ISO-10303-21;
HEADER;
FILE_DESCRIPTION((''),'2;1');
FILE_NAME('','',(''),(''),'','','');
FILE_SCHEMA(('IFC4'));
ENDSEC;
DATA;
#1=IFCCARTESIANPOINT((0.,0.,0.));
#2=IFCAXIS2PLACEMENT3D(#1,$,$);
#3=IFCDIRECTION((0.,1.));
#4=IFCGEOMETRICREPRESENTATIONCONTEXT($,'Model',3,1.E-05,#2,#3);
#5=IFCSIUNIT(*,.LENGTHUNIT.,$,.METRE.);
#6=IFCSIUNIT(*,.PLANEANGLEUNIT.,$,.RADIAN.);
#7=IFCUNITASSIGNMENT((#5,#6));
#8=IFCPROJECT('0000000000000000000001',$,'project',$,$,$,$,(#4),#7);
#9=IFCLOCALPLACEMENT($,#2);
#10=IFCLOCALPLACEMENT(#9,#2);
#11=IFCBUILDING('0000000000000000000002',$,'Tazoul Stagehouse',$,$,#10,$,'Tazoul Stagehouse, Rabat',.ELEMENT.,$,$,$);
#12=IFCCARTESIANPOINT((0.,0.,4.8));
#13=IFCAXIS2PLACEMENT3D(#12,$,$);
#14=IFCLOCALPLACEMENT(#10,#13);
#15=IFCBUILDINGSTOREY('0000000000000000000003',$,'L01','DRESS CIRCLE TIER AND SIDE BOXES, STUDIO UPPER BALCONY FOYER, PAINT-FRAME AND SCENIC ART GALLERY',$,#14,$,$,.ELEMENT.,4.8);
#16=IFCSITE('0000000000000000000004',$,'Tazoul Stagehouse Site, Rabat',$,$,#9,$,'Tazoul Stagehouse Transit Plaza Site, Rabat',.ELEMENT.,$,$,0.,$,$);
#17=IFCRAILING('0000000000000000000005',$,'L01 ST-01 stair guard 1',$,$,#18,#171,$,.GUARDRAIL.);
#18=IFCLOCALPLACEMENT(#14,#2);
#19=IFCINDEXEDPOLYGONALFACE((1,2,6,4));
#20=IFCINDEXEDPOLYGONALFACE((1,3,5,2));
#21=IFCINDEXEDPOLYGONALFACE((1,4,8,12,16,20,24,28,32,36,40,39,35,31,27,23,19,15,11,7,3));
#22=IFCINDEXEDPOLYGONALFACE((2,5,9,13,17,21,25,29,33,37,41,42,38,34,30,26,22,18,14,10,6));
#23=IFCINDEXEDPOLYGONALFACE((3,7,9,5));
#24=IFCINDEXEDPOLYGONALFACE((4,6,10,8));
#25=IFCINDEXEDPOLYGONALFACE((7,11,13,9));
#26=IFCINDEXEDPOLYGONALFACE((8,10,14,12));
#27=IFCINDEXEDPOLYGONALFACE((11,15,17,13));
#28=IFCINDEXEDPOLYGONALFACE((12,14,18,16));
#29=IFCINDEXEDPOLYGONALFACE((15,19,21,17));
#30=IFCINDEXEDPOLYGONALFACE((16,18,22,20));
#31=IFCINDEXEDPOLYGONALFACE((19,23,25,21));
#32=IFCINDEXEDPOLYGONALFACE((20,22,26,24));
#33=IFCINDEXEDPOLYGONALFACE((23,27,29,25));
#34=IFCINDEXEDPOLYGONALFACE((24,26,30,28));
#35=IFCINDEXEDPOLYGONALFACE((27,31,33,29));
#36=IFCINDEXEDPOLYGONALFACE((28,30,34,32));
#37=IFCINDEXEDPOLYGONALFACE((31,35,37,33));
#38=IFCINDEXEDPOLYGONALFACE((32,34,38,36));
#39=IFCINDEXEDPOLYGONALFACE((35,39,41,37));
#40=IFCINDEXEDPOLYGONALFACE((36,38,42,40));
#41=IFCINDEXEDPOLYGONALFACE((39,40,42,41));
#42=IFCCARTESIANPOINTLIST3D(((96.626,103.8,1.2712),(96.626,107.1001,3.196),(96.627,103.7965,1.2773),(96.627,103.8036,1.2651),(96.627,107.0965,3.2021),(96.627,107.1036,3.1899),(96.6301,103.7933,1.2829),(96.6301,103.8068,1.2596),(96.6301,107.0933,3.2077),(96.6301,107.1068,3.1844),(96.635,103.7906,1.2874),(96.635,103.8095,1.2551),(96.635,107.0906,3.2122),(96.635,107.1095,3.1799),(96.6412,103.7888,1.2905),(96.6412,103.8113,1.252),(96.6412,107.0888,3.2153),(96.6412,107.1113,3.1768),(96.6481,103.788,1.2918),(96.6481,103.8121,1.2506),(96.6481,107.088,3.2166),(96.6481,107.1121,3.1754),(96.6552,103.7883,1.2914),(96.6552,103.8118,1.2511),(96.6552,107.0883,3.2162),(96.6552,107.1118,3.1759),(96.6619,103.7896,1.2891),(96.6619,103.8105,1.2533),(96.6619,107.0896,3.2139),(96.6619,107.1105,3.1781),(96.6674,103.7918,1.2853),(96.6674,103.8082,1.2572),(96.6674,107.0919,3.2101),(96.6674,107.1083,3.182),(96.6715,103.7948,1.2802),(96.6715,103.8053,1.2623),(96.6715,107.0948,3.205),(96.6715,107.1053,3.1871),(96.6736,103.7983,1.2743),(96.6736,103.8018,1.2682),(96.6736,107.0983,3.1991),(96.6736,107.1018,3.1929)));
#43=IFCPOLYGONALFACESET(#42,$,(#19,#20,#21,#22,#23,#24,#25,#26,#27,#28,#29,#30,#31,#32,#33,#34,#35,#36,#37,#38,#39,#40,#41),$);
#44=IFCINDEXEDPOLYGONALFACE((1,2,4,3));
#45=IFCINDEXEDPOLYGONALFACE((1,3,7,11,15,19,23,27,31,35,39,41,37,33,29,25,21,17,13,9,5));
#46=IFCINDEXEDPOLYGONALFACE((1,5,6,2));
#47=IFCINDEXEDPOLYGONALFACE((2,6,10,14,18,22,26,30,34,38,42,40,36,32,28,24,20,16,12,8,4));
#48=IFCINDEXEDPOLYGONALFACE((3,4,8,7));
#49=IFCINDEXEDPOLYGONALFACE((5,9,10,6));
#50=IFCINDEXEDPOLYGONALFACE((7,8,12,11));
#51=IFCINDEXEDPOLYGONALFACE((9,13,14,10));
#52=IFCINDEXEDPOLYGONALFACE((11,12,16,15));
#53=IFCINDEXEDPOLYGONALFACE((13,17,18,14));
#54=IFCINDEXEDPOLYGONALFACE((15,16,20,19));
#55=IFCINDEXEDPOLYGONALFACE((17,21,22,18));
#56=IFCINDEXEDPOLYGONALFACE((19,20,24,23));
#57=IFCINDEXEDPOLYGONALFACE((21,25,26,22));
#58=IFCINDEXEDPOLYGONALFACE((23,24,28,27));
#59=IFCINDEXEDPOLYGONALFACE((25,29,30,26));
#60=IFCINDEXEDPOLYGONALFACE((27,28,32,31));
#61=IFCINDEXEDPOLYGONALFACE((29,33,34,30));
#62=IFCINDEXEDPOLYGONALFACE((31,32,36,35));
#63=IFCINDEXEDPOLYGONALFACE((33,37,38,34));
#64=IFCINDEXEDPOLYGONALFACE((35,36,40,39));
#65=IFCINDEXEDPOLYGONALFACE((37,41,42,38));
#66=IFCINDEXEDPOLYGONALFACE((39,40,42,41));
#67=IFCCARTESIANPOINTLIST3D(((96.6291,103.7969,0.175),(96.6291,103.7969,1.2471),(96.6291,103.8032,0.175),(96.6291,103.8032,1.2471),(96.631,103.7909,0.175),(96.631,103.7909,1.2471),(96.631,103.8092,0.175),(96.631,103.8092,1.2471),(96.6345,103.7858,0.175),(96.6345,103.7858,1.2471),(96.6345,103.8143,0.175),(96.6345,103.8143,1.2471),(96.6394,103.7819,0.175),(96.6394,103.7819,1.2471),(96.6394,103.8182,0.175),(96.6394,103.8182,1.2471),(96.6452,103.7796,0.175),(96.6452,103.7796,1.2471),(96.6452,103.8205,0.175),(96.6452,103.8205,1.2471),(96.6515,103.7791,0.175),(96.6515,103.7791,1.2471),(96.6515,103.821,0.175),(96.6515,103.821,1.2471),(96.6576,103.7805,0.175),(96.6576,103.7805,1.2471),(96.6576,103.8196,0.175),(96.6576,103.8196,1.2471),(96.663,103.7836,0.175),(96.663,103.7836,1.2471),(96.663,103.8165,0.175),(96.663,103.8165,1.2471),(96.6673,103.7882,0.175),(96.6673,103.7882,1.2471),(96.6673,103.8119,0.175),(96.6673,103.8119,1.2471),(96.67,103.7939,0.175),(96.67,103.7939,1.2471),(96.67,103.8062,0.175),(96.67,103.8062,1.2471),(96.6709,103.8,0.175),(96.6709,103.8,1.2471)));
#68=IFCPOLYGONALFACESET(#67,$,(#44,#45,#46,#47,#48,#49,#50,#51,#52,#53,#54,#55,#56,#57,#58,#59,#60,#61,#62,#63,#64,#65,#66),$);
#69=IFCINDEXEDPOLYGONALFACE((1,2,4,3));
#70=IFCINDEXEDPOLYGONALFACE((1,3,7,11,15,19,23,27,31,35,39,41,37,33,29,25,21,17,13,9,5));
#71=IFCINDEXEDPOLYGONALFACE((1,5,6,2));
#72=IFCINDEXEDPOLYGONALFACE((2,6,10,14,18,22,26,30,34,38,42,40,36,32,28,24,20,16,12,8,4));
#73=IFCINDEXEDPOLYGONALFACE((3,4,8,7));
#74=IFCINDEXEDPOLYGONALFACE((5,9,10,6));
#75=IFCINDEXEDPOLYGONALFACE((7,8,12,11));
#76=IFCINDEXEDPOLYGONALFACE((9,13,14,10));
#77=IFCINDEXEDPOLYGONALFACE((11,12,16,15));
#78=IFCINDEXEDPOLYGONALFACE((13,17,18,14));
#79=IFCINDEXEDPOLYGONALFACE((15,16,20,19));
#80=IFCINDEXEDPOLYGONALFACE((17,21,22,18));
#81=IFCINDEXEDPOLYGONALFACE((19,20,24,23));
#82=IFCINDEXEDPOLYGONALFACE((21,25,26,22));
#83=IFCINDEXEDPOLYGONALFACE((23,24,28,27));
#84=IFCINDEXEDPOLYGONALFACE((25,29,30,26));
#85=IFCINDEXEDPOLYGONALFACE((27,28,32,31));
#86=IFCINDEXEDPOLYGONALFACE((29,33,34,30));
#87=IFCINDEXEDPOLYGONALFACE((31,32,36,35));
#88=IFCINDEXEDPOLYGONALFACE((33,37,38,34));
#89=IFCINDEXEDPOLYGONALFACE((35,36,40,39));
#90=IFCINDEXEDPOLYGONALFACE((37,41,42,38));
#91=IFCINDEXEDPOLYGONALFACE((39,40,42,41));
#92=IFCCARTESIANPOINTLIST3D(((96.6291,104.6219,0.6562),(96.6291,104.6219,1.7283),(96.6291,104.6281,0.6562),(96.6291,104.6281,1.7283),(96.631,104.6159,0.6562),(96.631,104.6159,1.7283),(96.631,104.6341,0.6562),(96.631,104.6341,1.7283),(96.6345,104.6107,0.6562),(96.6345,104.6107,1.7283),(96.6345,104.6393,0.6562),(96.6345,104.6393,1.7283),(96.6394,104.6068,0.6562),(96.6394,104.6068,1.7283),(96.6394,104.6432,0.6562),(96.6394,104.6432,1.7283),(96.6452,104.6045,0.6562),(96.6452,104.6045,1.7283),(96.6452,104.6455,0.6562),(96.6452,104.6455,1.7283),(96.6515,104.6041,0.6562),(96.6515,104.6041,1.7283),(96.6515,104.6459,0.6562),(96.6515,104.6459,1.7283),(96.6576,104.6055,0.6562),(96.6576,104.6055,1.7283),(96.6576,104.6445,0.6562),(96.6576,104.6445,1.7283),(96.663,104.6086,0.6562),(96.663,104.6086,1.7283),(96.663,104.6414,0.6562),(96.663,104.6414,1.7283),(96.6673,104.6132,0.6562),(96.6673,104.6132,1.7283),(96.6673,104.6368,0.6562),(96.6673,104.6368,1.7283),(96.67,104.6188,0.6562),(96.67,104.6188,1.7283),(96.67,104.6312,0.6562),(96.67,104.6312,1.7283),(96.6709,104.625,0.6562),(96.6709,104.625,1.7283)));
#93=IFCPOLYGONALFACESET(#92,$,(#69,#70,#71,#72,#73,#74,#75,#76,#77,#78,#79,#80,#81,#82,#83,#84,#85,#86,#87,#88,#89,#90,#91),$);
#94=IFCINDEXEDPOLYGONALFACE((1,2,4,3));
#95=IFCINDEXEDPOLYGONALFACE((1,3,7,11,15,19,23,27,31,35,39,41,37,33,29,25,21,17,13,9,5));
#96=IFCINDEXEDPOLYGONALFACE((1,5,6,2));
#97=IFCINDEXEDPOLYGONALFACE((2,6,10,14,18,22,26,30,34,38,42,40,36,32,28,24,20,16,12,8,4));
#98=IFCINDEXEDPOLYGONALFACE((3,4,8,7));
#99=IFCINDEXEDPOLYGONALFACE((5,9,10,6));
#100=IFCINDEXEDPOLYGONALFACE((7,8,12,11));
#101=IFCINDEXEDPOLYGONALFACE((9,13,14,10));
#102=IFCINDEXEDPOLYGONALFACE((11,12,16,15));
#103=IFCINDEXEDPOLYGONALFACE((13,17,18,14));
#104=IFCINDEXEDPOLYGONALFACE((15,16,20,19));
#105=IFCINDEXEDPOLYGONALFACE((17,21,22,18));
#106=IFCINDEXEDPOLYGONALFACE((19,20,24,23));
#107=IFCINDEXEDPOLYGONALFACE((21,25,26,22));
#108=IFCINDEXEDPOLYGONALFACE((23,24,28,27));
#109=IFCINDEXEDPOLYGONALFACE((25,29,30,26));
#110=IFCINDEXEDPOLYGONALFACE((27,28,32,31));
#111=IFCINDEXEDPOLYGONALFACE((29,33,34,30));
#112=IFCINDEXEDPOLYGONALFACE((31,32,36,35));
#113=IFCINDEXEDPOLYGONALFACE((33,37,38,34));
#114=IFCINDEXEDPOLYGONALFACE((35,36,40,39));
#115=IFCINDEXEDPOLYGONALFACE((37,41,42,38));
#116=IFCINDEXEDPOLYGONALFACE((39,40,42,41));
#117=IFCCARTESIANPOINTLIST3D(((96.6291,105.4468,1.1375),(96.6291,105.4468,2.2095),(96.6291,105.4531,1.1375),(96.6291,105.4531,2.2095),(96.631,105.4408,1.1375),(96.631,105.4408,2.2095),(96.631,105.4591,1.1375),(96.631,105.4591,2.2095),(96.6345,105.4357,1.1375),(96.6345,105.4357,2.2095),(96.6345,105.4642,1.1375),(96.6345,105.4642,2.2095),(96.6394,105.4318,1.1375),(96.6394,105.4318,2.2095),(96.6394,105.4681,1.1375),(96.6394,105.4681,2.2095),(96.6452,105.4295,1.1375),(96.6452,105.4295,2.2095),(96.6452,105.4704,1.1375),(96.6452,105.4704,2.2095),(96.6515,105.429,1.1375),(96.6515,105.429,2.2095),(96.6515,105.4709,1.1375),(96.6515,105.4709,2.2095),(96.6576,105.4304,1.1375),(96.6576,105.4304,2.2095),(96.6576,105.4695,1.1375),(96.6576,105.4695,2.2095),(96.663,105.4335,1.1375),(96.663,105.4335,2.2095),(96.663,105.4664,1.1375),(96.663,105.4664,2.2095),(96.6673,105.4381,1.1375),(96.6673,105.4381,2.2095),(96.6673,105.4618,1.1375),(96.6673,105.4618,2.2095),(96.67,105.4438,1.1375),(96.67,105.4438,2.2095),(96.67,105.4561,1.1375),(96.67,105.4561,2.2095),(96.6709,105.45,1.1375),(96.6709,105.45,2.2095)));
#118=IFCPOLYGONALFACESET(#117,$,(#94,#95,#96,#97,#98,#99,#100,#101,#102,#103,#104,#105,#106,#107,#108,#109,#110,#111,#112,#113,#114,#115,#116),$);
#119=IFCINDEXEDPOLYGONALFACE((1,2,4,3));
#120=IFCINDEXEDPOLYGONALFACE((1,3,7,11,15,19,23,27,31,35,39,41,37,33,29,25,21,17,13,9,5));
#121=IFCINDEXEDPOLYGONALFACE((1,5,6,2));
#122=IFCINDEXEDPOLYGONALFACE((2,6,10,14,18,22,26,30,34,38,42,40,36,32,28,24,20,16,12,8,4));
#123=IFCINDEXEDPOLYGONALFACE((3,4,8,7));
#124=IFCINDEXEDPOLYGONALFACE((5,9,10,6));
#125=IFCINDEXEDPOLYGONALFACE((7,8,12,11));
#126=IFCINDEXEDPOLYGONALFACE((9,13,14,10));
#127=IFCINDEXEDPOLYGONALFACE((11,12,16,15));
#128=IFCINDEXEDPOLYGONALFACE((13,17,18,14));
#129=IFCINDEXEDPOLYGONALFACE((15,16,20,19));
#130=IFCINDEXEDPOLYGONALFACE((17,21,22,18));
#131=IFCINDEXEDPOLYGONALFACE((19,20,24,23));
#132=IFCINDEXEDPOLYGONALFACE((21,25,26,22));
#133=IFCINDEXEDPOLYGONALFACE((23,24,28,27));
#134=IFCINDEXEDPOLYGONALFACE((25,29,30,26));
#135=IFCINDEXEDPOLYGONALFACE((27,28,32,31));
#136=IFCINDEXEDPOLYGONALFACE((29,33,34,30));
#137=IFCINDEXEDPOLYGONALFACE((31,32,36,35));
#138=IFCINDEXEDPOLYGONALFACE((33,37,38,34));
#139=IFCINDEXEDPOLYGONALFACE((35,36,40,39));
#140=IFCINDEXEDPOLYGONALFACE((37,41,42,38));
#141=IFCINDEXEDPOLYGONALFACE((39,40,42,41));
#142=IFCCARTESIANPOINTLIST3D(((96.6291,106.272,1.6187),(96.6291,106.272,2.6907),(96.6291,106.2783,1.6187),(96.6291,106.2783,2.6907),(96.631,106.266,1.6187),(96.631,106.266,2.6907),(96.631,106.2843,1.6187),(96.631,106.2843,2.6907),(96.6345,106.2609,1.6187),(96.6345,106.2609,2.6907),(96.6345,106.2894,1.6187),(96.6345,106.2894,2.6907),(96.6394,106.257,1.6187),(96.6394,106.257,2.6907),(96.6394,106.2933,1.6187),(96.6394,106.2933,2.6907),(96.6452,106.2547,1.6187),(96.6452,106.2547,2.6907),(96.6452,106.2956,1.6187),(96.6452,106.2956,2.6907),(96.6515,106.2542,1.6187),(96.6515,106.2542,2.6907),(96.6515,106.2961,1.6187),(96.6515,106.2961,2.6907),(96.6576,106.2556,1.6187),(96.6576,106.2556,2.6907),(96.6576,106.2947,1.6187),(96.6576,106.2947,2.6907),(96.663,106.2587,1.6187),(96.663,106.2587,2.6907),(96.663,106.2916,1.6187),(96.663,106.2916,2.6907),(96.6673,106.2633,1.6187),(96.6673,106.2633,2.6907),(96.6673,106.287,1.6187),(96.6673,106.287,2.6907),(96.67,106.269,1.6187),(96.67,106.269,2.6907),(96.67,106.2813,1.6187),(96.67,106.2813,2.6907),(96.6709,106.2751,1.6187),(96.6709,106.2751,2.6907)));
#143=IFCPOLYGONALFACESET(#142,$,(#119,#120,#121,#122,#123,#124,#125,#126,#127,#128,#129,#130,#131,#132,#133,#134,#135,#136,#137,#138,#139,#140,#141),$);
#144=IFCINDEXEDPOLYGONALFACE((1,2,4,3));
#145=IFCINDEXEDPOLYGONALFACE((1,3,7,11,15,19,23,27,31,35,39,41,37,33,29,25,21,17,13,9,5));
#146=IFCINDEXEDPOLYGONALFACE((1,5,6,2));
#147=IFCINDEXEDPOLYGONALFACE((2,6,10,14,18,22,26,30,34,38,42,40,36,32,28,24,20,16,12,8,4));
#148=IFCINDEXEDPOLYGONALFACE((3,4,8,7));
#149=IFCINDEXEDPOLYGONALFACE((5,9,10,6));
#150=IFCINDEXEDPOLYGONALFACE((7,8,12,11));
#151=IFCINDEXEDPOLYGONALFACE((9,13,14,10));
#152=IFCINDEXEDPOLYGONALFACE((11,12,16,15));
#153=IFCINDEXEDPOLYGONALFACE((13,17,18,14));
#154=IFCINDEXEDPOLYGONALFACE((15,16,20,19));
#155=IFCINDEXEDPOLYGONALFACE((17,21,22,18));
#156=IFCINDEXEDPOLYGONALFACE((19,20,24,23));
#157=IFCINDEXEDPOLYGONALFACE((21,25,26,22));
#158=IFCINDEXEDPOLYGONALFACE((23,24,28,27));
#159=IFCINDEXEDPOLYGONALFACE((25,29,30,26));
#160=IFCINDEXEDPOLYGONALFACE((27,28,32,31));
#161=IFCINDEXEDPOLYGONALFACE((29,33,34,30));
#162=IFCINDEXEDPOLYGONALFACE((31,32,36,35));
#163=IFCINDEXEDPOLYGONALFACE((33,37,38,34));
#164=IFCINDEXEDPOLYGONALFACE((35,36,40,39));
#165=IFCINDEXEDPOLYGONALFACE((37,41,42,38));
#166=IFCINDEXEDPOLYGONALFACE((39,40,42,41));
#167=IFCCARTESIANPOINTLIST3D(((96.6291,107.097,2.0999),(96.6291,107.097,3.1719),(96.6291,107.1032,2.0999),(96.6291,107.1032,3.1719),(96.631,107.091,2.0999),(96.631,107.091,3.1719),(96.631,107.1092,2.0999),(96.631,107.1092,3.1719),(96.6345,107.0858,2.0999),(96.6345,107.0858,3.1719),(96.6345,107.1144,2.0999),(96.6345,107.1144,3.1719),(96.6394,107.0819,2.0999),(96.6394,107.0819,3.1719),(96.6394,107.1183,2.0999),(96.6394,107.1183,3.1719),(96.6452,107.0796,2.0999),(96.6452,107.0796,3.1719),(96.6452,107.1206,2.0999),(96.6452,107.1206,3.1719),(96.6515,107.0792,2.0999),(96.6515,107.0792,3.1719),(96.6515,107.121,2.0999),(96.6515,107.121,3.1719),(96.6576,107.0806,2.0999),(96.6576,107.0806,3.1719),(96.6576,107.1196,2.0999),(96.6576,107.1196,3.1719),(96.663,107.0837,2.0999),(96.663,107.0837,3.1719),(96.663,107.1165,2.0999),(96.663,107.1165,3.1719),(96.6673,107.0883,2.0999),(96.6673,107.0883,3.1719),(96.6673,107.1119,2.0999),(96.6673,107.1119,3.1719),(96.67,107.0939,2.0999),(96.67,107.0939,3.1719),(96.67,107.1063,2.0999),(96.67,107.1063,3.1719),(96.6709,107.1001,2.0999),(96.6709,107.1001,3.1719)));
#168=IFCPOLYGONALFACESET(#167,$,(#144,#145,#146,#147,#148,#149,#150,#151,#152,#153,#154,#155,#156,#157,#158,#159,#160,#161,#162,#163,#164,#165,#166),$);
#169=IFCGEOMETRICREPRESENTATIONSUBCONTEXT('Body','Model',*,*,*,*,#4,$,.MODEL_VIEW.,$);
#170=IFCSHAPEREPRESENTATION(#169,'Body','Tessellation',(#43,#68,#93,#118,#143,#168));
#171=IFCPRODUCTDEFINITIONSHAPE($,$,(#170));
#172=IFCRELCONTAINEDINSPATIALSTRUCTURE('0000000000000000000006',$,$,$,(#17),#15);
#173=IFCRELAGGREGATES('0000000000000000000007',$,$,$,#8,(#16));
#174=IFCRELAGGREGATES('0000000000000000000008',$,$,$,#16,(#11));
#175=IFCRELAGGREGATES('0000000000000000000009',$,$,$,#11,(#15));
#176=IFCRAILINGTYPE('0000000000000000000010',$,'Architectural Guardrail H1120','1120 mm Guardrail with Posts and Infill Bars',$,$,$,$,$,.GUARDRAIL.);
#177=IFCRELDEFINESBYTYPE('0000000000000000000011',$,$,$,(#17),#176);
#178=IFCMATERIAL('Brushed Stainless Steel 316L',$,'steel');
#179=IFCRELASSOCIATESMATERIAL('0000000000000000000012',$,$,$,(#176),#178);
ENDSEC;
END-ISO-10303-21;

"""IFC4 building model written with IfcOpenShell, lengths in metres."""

from ifc_helpers import new_model, si_unit, direction, frame, origin, origin_2d, place, context, subcontext, project, spatial, circle, extrude, material, material_profile, profile_set, type_object, element, save


model = new_model("IFC4")

# Units and contexts
model_context = context("Model", 3, precision=1e-05, world=origin(), true_north=direction((0.0, 1.0)))
body_context = subcontext(model_context, "Body", "Model", "MODEL_VIEW")
ifc_project = project(units=[si_unit("LENGTHUNIT", "METRE"), si_unit("PLANEANGLEUNIT", "RADIAN")], contexts=[model_context])

# Site, building, storey
site_placement = place(None, origin())
site = spatial("IfcSite", under=ifc_project, at=site_placement, Name="Tazoul Stagehouse Site, Rabat", LongName="Tazoul Stagehouse Transit Plaza Site, Rabat", CompositionType="ELEMENT", RefElevation=0.0)
building_placement = place(site_placement, origin())
building = spatial("IfcBuilding", under=site, at=building_placement, Name="Tazoul Stagehouse", LongName="Tazoul Stagehouse, Rabat", CompositionType="ELEMENT")
storey_placement = place(building_placement, frame((0.0, 0.0, 4.8)))
storey = spatial("IfcBuildingStorey", under=building, at=storey_placement, Name="L01", Description="DRESS CIRCLE TIER AND SIDE BOXES, STUDIO UPPER BALCONY FOYER, PAINT-FRAME AND SCENIC ART GALLERY", CompositionType="ELEMENT", Elevation=4.8)

# Railing
ifc_material_1 = material(Name="Brushed Stainless Steel 316L", Category="steel")
ifc_material_profile_1 = material_profile(ifc_material_1, circle(Radius=0.0239, at=origin_2d()), Name="SS RAIL D48")
ifc_profile_set_1 = profile_set([ifc_material_profile_1], Name="Brushed Stainless Steel 316L")
railing_type_1 = type_object("IfcRailingType", Name="Architectural Guardrail H1120", Description="1120 mm Guardrail with Posts and Infill Bars", PredefinedType="GUARDRAIL", material=ifc_profile_set_1)
railing_1_placement = place(storey_placement, frame((96.6499, 103.8, 0.175)))
element("IfcRailing", 1, at=railing_1_placement, inside=storey, type_object=railing_type_1, Name="L01 ST-01 stair guard 1", PredefinedType="GUARDRAIL", context=body_context, shape_type="SweptSolid", body=[
    extrude(circle(Radius=0.0239, at=origin_2d()), frame((0.0, 0.0, 1.0962), z_axis=(0.0, 0.863804, 0.503827), x_axis=(-1.0, 0.0, 0.0)), (0.0, 0.0, 1.0), 3.8203),
    extrude(circle(Radius=0.021, at=origin_2d()), origin(), (0.0, 0.0, 1.0), 1.072),
    extrude(circle(Radius=0.021, at=origin_2d()), frame((0.0, 0.825, 0.4812)), (0.0, 0.0, 1.0), 1.072),
    extrude(circle(Radius=0.021, at=origin_2d()), frame((0.0, 1.6499, 0.9624)), (0.0, 0.0, 1.0), 1.072),
    extrude(circle(Radius=0.021, at=origin_2d()), frame((0.0, 2.4751, 1.4436)), (0.0, 0.0, 1.0), 1.072),
    extrude(circle(Radius=0.021, at=origin_2d()), frame((0.0, 3.3, 1.9248)), (0.0, 0.0, 1.0), 1.072),
])

save(model, "model.ifc")
